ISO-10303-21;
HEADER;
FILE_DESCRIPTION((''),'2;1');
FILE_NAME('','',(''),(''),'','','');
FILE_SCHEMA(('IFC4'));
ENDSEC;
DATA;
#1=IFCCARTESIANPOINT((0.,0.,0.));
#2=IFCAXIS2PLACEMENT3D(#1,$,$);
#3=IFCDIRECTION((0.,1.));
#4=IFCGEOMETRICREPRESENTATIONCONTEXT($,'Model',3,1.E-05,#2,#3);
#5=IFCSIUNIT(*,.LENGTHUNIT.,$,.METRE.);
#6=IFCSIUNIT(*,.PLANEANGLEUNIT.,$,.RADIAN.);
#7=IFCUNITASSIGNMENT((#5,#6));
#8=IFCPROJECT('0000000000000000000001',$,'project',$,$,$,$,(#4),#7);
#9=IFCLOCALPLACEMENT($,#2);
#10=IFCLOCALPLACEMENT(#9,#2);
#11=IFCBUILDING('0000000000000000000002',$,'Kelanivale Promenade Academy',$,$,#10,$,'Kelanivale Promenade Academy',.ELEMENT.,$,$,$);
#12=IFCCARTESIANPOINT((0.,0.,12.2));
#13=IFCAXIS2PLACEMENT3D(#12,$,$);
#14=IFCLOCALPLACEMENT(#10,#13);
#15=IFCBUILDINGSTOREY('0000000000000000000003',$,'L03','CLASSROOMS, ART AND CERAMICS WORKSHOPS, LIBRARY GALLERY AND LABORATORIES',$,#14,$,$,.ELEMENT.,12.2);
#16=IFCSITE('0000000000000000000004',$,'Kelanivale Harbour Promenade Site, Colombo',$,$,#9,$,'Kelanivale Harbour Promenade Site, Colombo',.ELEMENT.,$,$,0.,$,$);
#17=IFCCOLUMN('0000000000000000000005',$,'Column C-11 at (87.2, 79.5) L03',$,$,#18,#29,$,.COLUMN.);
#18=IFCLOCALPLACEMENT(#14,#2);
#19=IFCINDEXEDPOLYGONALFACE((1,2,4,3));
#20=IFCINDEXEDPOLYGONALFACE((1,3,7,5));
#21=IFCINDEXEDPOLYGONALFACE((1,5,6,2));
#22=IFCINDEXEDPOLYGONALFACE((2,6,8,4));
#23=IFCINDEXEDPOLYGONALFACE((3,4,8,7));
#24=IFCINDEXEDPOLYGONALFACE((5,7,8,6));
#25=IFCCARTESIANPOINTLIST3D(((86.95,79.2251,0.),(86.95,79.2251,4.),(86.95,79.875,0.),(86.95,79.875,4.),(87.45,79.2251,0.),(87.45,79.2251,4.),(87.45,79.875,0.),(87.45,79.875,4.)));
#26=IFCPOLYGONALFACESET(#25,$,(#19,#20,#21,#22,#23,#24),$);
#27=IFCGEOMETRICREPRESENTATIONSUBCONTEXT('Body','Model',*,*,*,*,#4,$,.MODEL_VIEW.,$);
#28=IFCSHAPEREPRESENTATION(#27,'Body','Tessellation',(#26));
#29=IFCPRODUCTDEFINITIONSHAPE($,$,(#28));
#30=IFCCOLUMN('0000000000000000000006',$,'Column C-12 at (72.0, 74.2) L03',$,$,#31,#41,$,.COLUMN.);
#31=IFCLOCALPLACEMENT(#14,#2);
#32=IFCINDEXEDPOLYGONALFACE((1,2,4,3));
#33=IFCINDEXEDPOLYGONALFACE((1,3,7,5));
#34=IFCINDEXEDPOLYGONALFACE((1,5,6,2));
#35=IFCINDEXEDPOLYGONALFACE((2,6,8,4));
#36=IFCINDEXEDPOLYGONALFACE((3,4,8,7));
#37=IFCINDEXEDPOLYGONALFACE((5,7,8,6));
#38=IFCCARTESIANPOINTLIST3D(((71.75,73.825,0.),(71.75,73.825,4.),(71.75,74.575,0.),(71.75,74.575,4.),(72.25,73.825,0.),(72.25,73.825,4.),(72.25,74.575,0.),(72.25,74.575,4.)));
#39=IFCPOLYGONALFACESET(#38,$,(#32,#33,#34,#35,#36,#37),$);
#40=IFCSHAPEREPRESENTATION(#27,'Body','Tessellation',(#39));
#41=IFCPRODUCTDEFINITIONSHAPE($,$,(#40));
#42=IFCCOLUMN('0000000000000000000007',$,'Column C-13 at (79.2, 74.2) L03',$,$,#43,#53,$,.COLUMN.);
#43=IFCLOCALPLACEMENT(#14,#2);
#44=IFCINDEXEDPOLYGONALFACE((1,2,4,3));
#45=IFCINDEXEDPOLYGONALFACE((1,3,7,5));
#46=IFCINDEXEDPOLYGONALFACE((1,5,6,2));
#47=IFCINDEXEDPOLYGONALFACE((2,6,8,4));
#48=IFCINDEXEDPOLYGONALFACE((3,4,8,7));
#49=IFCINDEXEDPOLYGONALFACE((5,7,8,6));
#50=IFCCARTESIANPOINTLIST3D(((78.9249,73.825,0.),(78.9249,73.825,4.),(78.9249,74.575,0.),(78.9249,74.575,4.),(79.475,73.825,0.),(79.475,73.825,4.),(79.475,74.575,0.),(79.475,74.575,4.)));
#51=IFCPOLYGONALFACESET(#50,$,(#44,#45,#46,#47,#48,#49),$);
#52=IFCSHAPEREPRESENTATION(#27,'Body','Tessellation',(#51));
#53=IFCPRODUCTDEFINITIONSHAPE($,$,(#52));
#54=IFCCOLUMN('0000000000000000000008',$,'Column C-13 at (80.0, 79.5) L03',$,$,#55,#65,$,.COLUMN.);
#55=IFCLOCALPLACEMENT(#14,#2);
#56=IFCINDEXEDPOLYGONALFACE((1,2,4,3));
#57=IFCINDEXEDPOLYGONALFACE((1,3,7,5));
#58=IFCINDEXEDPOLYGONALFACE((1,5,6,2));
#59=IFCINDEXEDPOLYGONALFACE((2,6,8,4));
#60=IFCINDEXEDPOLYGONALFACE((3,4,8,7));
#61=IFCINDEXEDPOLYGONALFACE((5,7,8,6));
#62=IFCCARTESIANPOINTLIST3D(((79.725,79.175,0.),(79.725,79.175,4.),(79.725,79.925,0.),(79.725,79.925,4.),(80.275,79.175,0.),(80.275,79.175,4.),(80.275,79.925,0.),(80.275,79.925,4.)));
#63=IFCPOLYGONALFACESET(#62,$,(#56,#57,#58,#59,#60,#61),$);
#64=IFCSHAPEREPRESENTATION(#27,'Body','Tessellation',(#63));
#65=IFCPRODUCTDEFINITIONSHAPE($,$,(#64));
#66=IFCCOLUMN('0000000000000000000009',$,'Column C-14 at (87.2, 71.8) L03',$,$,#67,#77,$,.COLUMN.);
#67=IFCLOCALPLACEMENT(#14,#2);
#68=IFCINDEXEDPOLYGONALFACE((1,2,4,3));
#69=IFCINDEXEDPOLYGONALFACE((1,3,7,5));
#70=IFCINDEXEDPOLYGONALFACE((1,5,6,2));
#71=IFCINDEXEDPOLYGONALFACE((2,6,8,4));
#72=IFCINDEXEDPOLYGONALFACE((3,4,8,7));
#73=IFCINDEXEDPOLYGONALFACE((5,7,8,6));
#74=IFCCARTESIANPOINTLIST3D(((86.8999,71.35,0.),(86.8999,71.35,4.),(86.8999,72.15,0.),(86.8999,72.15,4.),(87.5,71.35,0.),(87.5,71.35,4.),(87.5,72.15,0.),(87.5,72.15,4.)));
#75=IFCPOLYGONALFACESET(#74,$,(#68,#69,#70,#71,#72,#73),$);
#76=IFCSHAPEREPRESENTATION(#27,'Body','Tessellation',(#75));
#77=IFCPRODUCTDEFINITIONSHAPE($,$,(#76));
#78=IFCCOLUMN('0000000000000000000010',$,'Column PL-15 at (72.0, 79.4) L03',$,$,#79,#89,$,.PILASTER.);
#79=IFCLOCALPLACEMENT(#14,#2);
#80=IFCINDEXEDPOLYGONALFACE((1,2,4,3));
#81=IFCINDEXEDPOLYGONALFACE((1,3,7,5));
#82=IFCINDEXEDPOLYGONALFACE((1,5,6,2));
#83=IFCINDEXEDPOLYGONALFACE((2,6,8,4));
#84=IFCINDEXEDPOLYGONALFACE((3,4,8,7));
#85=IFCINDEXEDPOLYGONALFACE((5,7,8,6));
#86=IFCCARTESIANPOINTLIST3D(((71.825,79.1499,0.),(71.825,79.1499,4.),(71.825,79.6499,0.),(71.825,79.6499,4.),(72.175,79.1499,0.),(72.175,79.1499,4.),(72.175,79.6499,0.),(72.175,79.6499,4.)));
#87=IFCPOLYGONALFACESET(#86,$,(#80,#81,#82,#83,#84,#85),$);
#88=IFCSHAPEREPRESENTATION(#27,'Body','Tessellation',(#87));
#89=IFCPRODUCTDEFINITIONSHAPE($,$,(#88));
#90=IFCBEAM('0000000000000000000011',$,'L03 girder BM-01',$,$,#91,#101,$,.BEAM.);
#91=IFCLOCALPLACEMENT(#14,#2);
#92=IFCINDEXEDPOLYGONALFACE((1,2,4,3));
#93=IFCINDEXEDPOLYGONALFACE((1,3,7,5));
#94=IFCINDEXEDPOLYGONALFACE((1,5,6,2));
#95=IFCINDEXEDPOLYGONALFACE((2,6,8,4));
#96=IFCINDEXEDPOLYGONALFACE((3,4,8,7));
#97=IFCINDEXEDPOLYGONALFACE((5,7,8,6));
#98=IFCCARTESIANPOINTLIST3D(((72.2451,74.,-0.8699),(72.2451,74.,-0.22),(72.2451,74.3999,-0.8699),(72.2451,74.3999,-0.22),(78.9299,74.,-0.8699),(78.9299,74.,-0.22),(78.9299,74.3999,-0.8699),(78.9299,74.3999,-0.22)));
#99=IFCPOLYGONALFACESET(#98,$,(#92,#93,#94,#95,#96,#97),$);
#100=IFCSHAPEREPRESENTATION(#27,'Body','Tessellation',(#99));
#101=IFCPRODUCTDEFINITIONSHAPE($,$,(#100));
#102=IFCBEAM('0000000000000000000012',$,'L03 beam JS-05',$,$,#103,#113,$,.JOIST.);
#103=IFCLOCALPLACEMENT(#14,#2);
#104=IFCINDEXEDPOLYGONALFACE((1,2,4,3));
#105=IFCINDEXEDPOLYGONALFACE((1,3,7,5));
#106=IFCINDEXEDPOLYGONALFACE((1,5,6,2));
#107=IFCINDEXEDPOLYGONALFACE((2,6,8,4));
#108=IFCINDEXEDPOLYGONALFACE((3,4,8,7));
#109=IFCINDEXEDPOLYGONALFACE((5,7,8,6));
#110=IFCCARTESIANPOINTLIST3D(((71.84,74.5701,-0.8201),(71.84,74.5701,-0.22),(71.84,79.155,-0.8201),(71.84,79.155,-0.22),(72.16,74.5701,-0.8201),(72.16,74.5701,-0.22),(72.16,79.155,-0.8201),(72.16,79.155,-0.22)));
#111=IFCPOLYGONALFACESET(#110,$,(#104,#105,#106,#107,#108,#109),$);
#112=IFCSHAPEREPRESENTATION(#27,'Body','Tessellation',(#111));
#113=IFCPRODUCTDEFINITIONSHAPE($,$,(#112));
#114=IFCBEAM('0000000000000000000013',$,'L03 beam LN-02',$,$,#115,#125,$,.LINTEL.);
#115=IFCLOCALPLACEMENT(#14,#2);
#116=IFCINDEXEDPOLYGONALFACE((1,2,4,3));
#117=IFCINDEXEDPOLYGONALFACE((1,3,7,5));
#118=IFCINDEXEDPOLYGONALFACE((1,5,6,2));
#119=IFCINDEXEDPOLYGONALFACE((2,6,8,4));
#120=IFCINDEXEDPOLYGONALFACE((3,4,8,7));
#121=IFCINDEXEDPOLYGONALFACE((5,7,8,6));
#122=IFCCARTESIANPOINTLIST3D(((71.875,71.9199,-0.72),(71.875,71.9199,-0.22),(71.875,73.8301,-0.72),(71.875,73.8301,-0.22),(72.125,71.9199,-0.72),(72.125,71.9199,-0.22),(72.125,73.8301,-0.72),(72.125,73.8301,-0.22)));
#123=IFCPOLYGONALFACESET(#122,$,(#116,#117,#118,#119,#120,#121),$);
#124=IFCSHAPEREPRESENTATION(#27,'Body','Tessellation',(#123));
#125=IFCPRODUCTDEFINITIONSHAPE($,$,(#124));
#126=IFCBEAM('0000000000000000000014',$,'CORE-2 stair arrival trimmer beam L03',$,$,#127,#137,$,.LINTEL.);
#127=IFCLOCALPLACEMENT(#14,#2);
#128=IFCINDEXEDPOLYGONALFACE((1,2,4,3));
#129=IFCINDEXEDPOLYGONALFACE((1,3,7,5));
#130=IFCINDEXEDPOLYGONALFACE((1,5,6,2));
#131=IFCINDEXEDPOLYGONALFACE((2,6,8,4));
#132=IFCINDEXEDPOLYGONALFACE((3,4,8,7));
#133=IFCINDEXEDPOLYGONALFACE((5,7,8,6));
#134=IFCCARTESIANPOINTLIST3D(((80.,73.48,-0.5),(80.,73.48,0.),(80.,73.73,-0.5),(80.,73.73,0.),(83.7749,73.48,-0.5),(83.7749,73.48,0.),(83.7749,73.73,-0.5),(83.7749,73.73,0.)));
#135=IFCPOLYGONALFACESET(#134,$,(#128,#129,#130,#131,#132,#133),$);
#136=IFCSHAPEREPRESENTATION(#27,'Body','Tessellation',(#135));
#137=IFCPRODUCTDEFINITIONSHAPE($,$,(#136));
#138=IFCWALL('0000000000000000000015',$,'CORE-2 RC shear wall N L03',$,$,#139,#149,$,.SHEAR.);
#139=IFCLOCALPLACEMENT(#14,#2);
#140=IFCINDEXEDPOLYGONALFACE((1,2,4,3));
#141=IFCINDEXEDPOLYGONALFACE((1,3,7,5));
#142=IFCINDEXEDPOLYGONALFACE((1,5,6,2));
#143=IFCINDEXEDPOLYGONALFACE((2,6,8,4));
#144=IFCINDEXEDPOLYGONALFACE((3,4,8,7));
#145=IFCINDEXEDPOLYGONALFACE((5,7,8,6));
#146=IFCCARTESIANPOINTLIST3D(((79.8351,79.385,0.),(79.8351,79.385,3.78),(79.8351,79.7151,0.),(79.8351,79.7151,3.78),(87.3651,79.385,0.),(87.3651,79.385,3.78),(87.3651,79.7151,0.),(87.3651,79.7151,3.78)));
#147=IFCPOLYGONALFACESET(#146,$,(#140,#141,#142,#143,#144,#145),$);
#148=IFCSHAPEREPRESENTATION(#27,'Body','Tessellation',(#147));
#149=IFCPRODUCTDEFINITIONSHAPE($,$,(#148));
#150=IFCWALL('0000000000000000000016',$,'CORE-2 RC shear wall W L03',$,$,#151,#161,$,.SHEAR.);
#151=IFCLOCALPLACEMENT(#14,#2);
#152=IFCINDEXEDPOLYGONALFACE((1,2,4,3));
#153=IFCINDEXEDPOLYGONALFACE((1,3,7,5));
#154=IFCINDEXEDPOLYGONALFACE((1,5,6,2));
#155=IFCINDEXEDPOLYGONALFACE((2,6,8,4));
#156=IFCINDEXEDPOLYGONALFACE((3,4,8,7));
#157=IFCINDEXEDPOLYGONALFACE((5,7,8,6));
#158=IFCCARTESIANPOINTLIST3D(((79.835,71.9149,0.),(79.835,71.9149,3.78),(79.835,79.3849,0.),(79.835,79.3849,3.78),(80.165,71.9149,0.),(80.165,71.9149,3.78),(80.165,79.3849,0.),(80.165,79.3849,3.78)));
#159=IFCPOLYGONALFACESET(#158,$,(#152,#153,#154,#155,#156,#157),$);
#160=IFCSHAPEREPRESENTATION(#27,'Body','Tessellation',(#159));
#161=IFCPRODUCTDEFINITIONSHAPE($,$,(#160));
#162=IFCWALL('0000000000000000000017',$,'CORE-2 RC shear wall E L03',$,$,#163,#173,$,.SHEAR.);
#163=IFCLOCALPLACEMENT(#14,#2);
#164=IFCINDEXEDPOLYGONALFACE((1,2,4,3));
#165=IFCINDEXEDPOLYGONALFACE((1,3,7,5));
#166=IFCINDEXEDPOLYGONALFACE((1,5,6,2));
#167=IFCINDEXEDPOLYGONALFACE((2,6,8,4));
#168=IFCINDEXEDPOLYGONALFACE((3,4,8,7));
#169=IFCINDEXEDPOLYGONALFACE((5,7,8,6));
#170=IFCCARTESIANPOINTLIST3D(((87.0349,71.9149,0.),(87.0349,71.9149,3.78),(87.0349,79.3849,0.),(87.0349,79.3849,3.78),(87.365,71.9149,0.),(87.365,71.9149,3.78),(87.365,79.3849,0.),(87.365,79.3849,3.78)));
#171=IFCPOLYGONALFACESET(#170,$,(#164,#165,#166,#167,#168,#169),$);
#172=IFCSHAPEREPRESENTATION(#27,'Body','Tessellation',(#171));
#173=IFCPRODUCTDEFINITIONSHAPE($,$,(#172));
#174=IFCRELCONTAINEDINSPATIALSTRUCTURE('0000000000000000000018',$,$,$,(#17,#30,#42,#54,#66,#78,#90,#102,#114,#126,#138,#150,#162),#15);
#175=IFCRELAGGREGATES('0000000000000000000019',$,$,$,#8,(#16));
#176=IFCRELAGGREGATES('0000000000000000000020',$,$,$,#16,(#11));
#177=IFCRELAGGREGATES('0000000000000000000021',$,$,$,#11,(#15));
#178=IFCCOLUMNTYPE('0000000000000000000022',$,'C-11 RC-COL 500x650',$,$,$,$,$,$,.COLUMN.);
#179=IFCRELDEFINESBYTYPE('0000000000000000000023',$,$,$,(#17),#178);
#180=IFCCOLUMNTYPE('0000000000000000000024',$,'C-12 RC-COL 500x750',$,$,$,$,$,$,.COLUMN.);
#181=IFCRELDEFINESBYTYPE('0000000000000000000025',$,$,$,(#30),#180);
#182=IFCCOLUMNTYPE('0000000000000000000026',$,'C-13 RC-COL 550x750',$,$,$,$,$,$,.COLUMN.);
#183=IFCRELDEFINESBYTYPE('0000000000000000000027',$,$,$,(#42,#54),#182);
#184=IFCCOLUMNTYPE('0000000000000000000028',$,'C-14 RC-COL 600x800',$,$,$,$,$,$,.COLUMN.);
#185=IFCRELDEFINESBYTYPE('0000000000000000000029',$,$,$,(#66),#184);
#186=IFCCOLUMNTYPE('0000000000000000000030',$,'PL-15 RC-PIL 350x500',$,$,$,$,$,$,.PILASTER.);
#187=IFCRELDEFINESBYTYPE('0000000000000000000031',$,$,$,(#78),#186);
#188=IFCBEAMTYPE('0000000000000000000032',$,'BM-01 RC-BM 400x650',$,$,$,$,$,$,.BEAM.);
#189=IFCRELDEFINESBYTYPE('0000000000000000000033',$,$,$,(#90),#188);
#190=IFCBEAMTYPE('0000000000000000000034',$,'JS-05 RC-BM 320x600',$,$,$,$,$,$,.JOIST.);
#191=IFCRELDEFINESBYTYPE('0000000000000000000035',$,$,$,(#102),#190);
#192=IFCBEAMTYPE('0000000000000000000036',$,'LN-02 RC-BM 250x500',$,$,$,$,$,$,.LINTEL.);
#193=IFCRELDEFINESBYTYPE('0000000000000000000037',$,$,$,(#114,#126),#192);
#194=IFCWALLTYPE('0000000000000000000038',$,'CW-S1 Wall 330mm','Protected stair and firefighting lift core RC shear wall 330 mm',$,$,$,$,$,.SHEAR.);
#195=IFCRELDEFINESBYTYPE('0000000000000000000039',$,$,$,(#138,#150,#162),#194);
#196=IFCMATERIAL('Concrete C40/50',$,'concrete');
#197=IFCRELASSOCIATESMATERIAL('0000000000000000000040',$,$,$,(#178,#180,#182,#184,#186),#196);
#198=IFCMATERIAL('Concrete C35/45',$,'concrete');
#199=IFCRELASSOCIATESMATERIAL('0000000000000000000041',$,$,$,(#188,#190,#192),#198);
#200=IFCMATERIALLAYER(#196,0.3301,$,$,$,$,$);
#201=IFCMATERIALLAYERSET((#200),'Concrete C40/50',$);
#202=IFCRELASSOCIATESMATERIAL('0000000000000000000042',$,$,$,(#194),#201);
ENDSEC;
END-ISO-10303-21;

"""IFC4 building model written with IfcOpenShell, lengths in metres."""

from ifc_helpers import new_model, si_unit, direction, frame, frame_2d, origin, origin_2d, place, context, subcontext, project, spatial, rectangle, extrude, material, layer, layer_set, material_profile, profile_set, type_object, element, save


model = new_model("IFC4")

# Units and contexts
model_context = context("Model", 3, precision=1e-05, world=origin(), true_north=direction((0.0, 1.0)))
body_context = subcontext(model_context, "Body", "Model", "MODEL_VIEW")
ifc_project = project(units=[si_unit("LENGTHUNIT", "METRE"), si_unit("PLANEANGLEUNIT", "RADIAN")], contexts=[model_context])

# Site, building, storey
site_placement = place(None, origin())
site = spatial("IfcSite", under=ifc_project, at=site_placement, Name="Kelanivale Harbour Promenade Site, Colombo", LongName="Kelanivale Harbour Promenade Site, Colombo", CompositionType="ELEMENT", RefElevation=0.0)
building_placement = place(site_placement, origin())
building = spatial("IfcBuilding", under=site, at=building_placement, Name="Kelanivale Promenade Academy", LongName="Kelanivale Promenade Academy", CompositionType="ELEMENT")
storey_placement = place(building_placement, frame((0.0, 0.0, 12.2)))
storey = spatial("IfcBuildingStorey", under=building, at=storey_placement, Name="L03", Description="CLASSROOMS, ART AND CERAMICS WORKSHOPS, LIBRARY GALLERY AND LABORATORIES", CompositionType="ELEMENT", Elevation=12.2)

# Columns
ifc_material_1 = material(Name="Concrete C40/50", Category="concrete")
ifc_material_profile_1 = material_profile(ifc_material_1, rectangle(XDim=0.5, YDim=0.6499, at=origin_2d()), Name="RC-COL 500x650")
ifc_profile_set_1 = profile_set([ifc_material_profile_1], Name="Concrete C40/50")
column_type_1 = type_object("IfcColumnType", Name="C-11 RC-COL 500x650", PredefinedType="COLUMN", material=ifc_profile_set_1)
column_1_placement = place(storey_placement, frame((87.2, 79.55, 0.0), z_axis=(0.0, 0.0, 1.0), x_axis=(1.0, 0.0, 0.0)))
element("IfcColumn", 1, at=column_1_placement, inside=storey, type_object=column_type_1, Name="Column C-11 at (87.2, 79.5) L03", PredefinedType="COLUMN", context=body_context, shape_type="SweptSolid", body=[
    extrude(rectangle(XDim=0.5, YDim=0.6499, at=origin_2d()), origin(), (0.0, 0.0, 1.0), 4.0),
])
ifc_material_profile_2 = material_profile(ifc_material_1, rectangle(XDim=0.5, YDim=0.75, at=origin_2d()), Name="RC-COL 500x750")
ifc_profile_set_2 = profile_set([ifc_material_profile_2], Name="Concrete C40/50")
column_type_2 = type_object("IfcColumnType", Name="C-12 RC-COL 500x750", PredefinedType="COLUMN", material=ifc_profile_set_2)
column_2_placement = place(storey_placement, frame((72.0, 74.2, 0.0), z_axis=(0.0, 0.0, 1.0), x_axis=(1.0, 0.0, 0.0)))
element("IfcColumn", 2, at=column_2_placement, inside=storey, type_object=column_type_2, Name="Column C-12 at (72.0, 74.2) L03", PredefinedType="COLUMN", context=body_context, shape_type="SweptSolid", body=[
    extrude(rectangle(XDim=0.5, YDim=0.75, at=origin_2d()), origin(), (0.0, 0.0, 1.0), 4.0),
])
ifc_material_profile_3 = material_profile(ifc_material_1, rectangle(XDim=0.55, YDim=0.75, at=origin_2d()), Name="RC-COL 550x750")
ifc_profile_set_3 = profile_set([ifc_material_profile_3], Name="Concrete C40/50")
column_type_3 = type_object("IfcColumnType", Name="C-13 RC-COL 550x750", PredefinedType="COLUMN", material=ifc_profile_set_3)
for number, where, z_axis, x_axis, name in (
    (3, (79.2, 74.2, 0.0), (0.0, 0.0, 1.0), (1.0, 0.0, 0.0), "Column C-13 at (79.2, 74.2) L03"),
    (4, (80.0, 79.55, 0.0), (0.0, 0.0, 1.0), (1.0, 0.0, 0.0), "Column C-13 at (80.0, 79.5) L03"),
):
    element("IfcColumn", number, at=place(storey_placement, frame(where, z_axis=z_axis, x_axis=x_axis)), inside=storey, type_object=column_type_3, Name=name, PredefinedType="COLUMN", context=body_context, shape_type="SweptSolid", body=[
        extrude(rectangle(XDim=0.55, YDim=0.75, at=origin_2d()), origin(), (0.0, 0.0, 1.0), 4.0),
    ])
ifc_material_profile_4 = material_profile(ifc_material_1, rectangle(XDim=0.6001, YDim=0.8, at=origin_2d()), Name="RC-COL 600x800")
ifc_profile_set_4 = profile_set([ifc_material_profile_4], Name="Concrete C40/50")
column_type_4 = type_object("IfcColumnType", Name="C-14 RC-COL 600x800", PredefinedType="COLUMN", material=ifc_profile_set_4)
column_3_placement = place(storey_placement, frame((87.2, 71.75, 0.0), z_axis=(0.0, 0.0, 1.0), x_axis=(1.0, 0.0, 0.0)))
element("IfcColumn", 5, at=column_3_placement, inside=storey, type_object=column_type_4, Name="Column C-14 at (87.2, 71.8) L03", PredefinedType="COLUMN", context=body_context, shape_type="SweptSolid", body=[
    extrude(rectangle(XDim=0.6001, YDim=0.8, at=origin_2d()), origin(), (0.0, 0.0, 1.0), 4.0),
])
ifc_material_profile_5 = material_profile(ifc_material_1, rectangle(XDim=0.3501, YDim=0.5, at=origin_2d()), Name="RC-PIL 350x500")
ifc_profile_set_5 = profile_set([ifc_material_profile_5], Name="Concrete C40/50")
column_type_5 = type_object("IfcColumnType", Name="PL-15 RC-PIL 350x500", PredefinedType="PILASTER", material=ifc_profile_set_5)
column_4_placement = place(storey_placement, frame((72.0, 79.3999, 0.0), z_axis=(0.0, 0.0, 1.0), x_axis=(1.0, 0.0, 0.0)))
element("IfcColumn", 6, at=column_4_placement, inside=storey, type_object=column_type_5, Name="Column PL-15 at (72.0, 79.4) L03", PredefinedType="PILASTER", context=body_context, shape_type="SweptSolid", body=[
    extrude(rectangle(XDim=0.3501, YDim=0.5, at=origin_2d()), origin(), (0.0, 0.0, 1.0), 4.0),
])

# Beams
ifc_material_2 = material(Name="Concrete C35/45", Category="concrete")
ifc_material_profile_6 = material_profile(ifc_material_2, rectangle(XDim=0.3999, YDim=0.6499, at=origin_2d()), Name="RC-BM 400x650")
ifc_profile_set_6 = profile_set([ifc_material_profile_6], Name="Concrete C35/45")
beam_type_1 = type_object("IfcBeamType", Name="BM-01 RC-BM 400x650", PredefinedType="BEAM", material=ifc_profile_set_6)
beam_1_placement = place(storey_placement, frame((72.2451, 74.2, -0.5449), z_axis=(1.0, 0.0, 0.0), x_axis=(0.0, 1.0, 0.0)))
element("IfcBeam", 7, at=beam_1_placement, inside=storey, type_object=beam_type_1, Name="L03 girder BM-01", PredefinedType="BEAM", context=body_context, shape_type="SweptSolid", body=[
    extrude(rectangle(XDim=0.3999, YDim=0.6499, at=origin_2d()), origin(), (0.0, 0.0, 1.0), 6.6848),
])
ifc_material_profile_7 = material_profile(ifc_material_2, rectangle(XDim=0.3201, YDim=0.6001, at=origin_2d()), Name="RC-BM 320x600")
ifc_profile_set_7 = profile_set([ifc_material_profile_7], Name="Concrete C35/45")
beam_type_2 = type_object("IfcBeamType", Name="JS-05 RC-BM 320x600", PredefinedType="JOIST", material=ifc_profile_set_7)
beam_2_placement = place(storey_placement, frame((72.0, 74.5701, -0.52), z_axis=(0.0, 1.0, 0.0), x_axis=(-1.0, 0.0, 0.0)))
element("IfcBeam", 8, at=beam_2_placement, inside=storey, type_object=beam_type_2, Name="L03 beam JS-05", PredefinedType="JOIST", context=body_context, shape_type="SweptSolid", body=[
    extrude(rectangle(XDim=0.3201, YDim=0.6001, at=origin_2d()), origin(), (0.0, 0.0, 1.0), 4.585),
])
ifc_material_profile_8 = material_profile(ifc_material_2, rectangle(XDim=0.25, YDim=0.5, at=origin_2d()), Name="RC-BM 250x500")
ifc_profile_set_8 = profile_set([ifc_material_profile_8], Name="Concrete C35/45")
beam_type_3 = type_object("IfcBeamType", Name="LN-02 RC-BM 250x500", PredefinedType="LINTEL", material=ifc_profile_set_8)
beam_3_placement = place(storey_placement, frame((72.0, 71.9199, -0.47), z_axis=(0.0, 1.0, 0.0), x_axis=(-1.0, 0.0, 0.0)))
element("IfcBeam", 9, at=beam_3_placement, inside=storey, type_object=beam_type_3, Name="L03 beam LN-02", PredefinedType="LINTEL", context=body_context, shape_type="SweptSolid", body=[
    extrude(rectangle(XDim=0.25, YDim=0.5, at=origin_2d()), origin(), (0.0, 0.0, 1.0), 1.9102),
])
beam_4_placement = place(storey_placement, frame((80.0, 73.605, -0.25), z_axis=(1.0, 0.0, 0.0), x_axis=(0.0, 1.0, 0.0)))
element("IfcBeam", 10, at=beam_4_placement, inside=storey, type_object=beam_type_3, Name="CORE-2 stair arrival trimmer beam L03", PredefinedType="LINTEL", context=body_context, shape_type="SweptSolid", body=[
    extrude(rectangle(XDim=0.25, YDim=0.5, at=origin_2d()), origin(), (0.0, 0.0, 1.0), 3.7749),
])

# Walls
ifc_layer_1 = layer(ifc_material_1, 0.3301)
ifc_layer_set_1 = layer_set([ifc_layer_1], Name="Concrete C40/50")
wall_type_1 = type_object("IfcWallType", Name="CW-S1 Wall 330mm", Description="Protected stair and firefighting lift core RC shear wall 330 mm", PredefinedType="SHEAR", material=ifc_layer_set_1)
wall_1_placement = place(storey_placement, frame((79.835, 79.55, 0.0), z_axis=(0.0, 0.0, 1.0), x_axis=(1.0, 0.0, 0.0)))
element("IfcWall", 11, at=wall_1_placement, inside=storey, type_object=wall_type_1, Name="CORE-2 RC shear wall N L03", PredefinedType="SHEAR", context=body_context, shape_type="SweptSolid", body=[
    extrude(rectangle(XDim=7.53, YDim=0.3301, at=frame_2d((3.7651, 0.0))), origin(), (0.0, 0.0, 1.0), 3.78),
])
for number, where, z_axis, x_axis, name in (
    (12, (80.0, 71.915, 0.0), (0.0, 0.0, 1.0), (0.0, 1.0, 0.0), "CORE-2 RC shear wall W L03"),
    (13, (87.2, 71.915, 0.0), (0.0, 0.0, 1.0), (0.0, 1.0, 0.0), "CORE-2 RC shear wall E L03"),
):
    element("IfcWall", number, at=place(storey_placement, frame(where, z_axis=z_axis, x_axis=x_axis)), inside=storey, type_object=wall_type_1, Name=name, PredefinedType="SHEAR", context=body_context, shape_type="SweptSolid", body=[
        extrude(rectangle(XDim=7.47, YDim=0.3301, at=frame_2d((3.7349, 0.0))), origin(), (0.0, 0.0, 1.0), 3.78),
    ])

save(model, "model.ifc")
